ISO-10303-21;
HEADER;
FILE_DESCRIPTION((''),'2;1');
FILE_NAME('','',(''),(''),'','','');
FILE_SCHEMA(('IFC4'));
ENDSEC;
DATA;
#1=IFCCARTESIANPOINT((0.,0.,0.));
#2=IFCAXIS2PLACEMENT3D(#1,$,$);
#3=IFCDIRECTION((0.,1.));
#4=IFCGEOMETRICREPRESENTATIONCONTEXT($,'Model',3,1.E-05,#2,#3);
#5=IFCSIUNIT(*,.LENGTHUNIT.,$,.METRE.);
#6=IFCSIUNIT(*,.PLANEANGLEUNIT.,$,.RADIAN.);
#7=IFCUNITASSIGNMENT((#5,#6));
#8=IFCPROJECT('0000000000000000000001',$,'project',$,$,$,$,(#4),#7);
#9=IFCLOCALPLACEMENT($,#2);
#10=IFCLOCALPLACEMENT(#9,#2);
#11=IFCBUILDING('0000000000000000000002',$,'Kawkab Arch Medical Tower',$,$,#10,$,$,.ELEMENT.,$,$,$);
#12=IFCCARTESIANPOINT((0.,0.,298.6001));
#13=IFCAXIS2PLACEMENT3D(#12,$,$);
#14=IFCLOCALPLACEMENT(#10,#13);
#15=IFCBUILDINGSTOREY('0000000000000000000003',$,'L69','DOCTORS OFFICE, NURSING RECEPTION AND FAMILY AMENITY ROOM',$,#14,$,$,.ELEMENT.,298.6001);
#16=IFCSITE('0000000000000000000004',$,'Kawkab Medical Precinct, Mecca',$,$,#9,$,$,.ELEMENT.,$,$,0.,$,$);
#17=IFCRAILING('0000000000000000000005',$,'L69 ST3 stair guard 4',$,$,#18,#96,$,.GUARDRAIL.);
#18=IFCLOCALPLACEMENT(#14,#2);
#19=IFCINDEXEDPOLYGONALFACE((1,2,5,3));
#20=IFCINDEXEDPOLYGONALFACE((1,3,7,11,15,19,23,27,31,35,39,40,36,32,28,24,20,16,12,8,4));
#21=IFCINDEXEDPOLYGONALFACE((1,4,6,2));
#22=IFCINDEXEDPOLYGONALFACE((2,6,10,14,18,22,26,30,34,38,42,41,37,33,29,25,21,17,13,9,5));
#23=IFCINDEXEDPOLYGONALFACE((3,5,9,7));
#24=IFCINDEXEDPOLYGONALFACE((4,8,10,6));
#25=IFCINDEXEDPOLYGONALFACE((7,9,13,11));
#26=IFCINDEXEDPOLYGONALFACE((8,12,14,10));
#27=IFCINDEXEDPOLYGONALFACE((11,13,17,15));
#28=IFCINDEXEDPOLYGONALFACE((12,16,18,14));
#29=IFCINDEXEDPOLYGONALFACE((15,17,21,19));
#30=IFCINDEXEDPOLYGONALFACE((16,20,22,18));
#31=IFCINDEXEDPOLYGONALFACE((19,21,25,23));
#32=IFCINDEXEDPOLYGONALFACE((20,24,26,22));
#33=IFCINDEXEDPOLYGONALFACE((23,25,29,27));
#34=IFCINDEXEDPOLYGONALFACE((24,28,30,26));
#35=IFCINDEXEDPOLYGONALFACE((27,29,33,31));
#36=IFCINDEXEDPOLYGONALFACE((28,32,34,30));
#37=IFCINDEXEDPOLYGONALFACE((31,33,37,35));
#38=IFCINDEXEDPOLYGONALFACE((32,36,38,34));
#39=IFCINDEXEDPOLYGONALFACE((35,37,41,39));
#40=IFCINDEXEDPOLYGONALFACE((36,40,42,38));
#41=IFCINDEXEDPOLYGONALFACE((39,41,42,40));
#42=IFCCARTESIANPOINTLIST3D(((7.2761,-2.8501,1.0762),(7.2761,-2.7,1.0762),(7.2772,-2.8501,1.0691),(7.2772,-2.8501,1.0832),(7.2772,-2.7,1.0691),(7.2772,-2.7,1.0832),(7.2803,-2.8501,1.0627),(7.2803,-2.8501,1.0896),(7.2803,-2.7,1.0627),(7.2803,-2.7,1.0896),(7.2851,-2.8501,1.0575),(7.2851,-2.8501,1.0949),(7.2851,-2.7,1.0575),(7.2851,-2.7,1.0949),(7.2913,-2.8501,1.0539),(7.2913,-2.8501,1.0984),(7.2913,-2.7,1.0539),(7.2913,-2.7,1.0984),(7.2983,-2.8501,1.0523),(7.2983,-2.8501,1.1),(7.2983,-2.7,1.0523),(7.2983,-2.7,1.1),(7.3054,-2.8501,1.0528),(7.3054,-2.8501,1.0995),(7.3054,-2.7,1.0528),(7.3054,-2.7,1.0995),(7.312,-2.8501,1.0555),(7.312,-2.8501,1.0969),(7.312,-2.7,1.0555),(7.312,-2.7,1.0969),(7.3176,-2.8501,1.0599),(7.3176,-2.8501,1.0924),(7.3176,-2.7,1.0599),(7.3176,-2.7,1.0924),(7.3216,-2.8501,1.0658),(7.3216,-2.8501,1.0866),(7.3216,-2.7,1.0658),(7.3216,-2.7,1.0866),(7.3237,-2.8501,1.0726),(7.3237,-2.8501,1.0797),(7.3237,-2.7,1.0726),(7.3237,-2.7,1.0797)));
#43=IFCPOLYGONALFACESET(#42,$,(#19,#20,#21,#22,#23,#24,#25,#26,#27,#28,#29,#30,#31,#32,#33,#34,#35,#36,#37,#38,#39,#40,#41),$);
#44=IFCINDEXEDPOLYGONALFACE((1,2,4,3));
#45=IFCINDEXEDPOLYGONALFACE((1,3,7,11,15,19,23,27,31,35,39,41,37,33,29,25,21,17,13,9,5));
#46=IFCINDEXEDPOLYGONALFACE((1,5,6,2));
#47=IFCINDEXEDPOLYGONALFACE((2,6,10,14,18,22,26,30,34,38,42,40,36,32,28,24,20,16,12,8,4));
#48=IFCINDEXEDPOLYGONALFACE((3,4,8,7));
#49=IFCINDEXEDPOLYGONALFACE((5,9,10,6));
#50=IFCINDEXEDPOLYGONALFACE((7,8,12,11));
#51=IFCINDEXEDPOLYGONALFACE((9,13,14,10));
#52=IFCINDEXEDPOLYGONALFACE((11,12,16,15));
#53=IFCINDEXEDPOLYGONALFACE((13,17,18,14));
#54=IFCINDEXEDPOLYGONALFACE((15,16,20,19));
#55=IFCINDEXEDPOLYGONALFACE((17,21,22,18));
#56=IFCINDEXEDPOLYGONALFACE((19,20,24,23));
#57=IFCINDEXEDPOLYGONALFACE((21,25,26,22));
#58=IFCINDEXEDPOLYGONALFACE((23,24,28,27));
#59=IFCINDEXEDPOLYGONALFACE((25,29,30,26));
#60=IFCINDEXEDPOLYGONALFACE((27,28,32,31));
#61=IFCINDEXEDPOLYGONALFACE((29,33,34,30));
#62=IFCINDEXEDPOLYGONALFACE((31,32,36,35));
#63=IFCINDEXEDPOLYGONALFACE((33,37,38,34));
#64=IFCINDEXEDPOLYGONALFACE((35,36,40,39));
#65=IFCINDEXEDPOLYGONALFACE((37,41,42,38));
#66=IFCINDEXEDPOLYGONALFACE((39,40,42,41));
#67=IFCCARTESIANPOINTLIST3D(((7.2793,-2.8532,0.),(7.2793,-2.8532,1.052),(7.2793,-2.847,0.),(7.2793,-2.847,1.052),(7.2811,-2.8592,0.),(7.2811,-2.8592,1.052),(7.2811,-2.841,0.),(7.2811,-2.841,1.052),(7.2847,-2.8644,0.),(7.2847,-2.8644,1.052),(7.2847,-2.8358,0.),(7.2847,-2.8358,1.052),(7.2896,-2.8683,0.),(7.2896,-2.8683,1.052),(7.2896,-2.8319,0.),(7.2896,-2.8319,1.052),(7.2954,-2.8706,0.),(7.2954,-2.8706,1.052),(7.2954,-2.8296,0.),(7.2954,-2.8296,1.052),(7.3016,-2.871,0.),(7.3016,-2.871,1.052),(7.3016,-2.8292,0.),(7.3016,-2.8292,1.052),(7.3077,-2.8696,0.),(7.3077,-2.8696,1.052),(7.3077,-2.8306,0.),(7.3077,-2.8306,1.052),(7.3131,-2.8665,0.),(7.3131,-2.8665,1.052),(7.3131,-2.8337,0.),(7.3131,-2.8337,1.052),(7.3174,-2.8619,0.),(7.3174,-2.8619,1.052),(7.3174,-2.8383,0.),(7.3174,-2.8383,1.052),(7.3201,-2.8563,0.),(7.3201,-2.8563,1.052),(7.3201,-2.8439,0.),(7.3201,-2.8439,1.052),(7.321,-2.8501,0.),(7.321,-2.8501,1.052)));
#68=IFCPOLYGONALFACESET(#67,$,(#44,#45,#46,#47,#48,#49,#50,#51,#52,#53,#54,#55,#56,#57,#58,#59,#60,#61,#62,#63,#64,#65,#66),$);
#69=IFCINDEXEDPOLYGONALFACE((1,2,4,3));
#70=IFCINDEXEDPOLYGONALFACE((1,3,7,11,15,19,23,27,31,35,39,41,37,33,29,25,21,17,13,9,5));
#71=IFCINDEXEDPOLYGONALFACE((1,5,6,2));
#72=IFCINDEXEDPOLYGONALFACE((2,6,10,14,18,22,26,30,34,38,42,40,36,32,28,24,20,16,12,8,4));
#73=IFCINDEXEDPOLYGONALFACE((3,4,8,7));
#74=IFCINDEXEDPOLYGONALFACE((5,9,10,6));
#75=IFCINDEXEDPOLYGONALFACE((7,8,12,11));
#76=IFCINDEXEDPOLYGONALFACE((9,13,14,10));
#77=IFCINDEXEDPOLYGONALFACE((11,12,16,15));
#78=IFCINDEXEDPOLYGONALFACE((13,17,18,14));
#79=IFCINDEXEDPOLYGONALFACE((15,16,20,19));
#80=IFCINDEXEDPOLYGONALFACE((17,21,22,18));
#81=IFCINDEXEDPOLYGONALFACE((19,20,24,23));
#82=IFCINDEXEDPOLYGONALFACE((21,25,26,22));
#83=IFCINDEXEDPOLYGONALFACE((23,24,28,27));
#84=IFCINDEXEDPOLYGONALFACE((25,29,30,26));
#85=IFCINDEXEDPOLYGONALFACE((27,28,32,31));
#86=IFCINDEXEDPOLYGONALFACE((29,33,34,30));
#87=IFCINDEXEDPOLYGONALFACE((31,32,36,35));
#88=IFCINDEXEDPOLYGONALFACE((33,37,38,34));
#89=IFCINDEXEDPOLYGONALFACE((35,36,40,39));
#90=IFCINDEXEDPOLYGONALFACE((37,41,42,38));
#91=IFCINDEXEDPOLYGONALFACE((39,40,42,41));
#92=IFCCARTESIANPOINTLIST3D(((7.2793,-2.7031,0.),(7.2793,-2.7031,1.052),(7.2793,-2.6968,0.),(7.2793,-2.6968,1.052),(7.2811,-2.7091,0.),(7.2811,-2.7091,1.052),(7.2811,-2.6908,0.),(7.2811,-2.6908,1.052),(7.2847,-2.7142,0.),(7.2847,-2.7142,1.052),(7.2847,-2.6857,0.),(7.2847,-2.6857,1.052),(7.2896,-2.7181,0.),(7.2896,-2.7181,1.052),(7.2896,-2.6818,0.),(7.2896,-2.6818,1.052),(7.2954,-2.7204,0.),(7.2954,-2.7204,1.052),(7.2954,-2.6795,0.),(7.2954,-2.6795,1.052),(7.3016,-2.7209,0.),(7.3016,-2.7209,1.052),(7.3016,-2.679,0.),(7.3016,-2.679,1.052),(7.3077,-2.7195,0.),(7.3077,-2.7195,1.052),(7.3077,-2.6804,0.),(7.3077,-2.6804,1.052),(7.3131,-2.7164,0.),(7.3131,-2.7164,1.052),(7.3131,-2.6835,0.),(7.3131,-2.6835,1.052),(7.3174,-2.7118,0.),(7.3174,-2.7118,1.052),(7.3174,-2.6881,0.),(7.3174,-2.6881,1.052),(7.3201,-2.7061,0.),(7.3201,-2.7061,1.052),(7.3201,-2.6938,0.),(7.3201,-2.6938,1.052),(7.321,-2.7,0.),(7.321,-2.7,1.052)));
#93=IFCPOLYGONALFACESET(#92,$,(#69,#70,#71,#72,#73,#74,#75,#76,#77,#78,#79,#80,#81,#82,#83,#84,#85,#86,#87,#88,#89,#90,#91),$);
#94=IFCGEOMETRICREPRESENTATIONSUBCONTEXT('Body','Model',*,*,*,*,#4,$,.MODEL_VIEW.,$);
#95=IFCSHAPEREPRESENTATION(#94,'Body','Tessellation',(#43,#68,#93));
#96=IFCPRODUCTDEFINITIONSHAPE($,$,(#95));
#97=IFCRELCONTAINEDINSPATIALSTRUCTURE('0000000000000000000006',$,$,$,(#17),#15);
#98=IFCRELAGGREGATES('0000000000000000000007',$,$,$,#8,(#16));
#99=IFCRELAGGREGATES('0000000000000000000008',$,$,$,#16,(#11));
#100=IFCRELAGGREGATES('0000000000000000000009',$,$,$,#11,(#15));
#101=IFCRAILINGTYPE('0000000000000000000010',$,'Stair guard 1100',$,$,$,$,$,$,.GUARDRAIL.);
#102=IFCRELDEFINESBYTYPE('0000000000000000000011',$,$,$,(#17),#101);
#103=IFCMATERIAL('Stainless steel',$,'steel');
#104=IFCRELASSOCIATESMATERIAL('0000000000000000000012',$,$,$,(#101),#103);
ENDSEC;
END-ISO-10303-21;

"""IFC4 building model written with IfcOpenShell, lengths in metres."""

from ifc_helpers import new_model, si_unit, direction, frame, origin, origin_2d, place, context, subcontext, project, spatial, circle, extrude, material, type_object, element, save


model = new_model("IFC4")

# Units and contexts
model_context = context("Model", 3, precision=1e-05, world=origin(), true_north=direction((0.0, 1.0)))
body_context = subcontext(model_context, "Body", "Model", "MODEL_VIEW")
ifc_project = project(units=[si_unit("LENGTHUNIT", "METRE"), si_unit("PLANEANGLEUNIT", "RADIAN")], contexts=[model_context])

# Site, building, storey
site_placement = place(None, origin())
site = spatial("IfcSite", under=ifc_project, at=site_placement, Name="Kawkab Medical Precinct, Mecca", CompositionType="ELEMENT", RefElevation=0.0)
building_placement = place(site_placement, origin())
building = spatial("IfcBuilding", under=site, at=building_placement, Name="Kawkab Arch Medical Tower", CompositionType="ELEMENT")
storey_placement = place(building_placement, frame((0.0, 0.0, 298.6001)))
storey = spatial("IfcBuildingStorey", under=building, at=storey_placement, Name="L69", Description="DOCTORS OFFICE, NURSING RECEPTION AND FAMILY AMENITY ROOM", CompositionType="ELEMENT", Elevation=298.6001)

# Railing
ifc_material_1 = material(Name="Stainless steel", Category="steel")
railing_type_1 = type_object("IfcRailingType", Name="Stair guard 1100", PredefinedType="GUARDRAIL", material=ifc_material_1)
railing_1_placement = place(storey_placement, frame((7.3, -2.8501, 0.0)))
element("IfcRailing", 1, at=railing_1_placement, inside=storey, type_object=railing_type_1, Name="L69 ST3 stair guard 4", PredefinedType="GUARDRAIL", context=body_context, shape_type="SweptSolid", body=[
    extrude(circle(Radius=0.0239, at=origin_2d()), frame((0.0, 0.0, 1.0762), z_axis=(0.0, 1.0, 0.0), x_axis=(-1.0, 0.0, 0.0)), (0.0, 0.0, 1.0), 0.1501),
    extrude(circle(Radius=0.021, at=origin_2d()), origin(), (0.0, 0.0, 1.0), 1.052),
    extrude(circle(Radius=0.021, at=origin_2d()), frame((0.0, 0.1501, 0.0)), (0.0, 0.0, 1.0), 1.052),
])

save(model, "model.ifc")
